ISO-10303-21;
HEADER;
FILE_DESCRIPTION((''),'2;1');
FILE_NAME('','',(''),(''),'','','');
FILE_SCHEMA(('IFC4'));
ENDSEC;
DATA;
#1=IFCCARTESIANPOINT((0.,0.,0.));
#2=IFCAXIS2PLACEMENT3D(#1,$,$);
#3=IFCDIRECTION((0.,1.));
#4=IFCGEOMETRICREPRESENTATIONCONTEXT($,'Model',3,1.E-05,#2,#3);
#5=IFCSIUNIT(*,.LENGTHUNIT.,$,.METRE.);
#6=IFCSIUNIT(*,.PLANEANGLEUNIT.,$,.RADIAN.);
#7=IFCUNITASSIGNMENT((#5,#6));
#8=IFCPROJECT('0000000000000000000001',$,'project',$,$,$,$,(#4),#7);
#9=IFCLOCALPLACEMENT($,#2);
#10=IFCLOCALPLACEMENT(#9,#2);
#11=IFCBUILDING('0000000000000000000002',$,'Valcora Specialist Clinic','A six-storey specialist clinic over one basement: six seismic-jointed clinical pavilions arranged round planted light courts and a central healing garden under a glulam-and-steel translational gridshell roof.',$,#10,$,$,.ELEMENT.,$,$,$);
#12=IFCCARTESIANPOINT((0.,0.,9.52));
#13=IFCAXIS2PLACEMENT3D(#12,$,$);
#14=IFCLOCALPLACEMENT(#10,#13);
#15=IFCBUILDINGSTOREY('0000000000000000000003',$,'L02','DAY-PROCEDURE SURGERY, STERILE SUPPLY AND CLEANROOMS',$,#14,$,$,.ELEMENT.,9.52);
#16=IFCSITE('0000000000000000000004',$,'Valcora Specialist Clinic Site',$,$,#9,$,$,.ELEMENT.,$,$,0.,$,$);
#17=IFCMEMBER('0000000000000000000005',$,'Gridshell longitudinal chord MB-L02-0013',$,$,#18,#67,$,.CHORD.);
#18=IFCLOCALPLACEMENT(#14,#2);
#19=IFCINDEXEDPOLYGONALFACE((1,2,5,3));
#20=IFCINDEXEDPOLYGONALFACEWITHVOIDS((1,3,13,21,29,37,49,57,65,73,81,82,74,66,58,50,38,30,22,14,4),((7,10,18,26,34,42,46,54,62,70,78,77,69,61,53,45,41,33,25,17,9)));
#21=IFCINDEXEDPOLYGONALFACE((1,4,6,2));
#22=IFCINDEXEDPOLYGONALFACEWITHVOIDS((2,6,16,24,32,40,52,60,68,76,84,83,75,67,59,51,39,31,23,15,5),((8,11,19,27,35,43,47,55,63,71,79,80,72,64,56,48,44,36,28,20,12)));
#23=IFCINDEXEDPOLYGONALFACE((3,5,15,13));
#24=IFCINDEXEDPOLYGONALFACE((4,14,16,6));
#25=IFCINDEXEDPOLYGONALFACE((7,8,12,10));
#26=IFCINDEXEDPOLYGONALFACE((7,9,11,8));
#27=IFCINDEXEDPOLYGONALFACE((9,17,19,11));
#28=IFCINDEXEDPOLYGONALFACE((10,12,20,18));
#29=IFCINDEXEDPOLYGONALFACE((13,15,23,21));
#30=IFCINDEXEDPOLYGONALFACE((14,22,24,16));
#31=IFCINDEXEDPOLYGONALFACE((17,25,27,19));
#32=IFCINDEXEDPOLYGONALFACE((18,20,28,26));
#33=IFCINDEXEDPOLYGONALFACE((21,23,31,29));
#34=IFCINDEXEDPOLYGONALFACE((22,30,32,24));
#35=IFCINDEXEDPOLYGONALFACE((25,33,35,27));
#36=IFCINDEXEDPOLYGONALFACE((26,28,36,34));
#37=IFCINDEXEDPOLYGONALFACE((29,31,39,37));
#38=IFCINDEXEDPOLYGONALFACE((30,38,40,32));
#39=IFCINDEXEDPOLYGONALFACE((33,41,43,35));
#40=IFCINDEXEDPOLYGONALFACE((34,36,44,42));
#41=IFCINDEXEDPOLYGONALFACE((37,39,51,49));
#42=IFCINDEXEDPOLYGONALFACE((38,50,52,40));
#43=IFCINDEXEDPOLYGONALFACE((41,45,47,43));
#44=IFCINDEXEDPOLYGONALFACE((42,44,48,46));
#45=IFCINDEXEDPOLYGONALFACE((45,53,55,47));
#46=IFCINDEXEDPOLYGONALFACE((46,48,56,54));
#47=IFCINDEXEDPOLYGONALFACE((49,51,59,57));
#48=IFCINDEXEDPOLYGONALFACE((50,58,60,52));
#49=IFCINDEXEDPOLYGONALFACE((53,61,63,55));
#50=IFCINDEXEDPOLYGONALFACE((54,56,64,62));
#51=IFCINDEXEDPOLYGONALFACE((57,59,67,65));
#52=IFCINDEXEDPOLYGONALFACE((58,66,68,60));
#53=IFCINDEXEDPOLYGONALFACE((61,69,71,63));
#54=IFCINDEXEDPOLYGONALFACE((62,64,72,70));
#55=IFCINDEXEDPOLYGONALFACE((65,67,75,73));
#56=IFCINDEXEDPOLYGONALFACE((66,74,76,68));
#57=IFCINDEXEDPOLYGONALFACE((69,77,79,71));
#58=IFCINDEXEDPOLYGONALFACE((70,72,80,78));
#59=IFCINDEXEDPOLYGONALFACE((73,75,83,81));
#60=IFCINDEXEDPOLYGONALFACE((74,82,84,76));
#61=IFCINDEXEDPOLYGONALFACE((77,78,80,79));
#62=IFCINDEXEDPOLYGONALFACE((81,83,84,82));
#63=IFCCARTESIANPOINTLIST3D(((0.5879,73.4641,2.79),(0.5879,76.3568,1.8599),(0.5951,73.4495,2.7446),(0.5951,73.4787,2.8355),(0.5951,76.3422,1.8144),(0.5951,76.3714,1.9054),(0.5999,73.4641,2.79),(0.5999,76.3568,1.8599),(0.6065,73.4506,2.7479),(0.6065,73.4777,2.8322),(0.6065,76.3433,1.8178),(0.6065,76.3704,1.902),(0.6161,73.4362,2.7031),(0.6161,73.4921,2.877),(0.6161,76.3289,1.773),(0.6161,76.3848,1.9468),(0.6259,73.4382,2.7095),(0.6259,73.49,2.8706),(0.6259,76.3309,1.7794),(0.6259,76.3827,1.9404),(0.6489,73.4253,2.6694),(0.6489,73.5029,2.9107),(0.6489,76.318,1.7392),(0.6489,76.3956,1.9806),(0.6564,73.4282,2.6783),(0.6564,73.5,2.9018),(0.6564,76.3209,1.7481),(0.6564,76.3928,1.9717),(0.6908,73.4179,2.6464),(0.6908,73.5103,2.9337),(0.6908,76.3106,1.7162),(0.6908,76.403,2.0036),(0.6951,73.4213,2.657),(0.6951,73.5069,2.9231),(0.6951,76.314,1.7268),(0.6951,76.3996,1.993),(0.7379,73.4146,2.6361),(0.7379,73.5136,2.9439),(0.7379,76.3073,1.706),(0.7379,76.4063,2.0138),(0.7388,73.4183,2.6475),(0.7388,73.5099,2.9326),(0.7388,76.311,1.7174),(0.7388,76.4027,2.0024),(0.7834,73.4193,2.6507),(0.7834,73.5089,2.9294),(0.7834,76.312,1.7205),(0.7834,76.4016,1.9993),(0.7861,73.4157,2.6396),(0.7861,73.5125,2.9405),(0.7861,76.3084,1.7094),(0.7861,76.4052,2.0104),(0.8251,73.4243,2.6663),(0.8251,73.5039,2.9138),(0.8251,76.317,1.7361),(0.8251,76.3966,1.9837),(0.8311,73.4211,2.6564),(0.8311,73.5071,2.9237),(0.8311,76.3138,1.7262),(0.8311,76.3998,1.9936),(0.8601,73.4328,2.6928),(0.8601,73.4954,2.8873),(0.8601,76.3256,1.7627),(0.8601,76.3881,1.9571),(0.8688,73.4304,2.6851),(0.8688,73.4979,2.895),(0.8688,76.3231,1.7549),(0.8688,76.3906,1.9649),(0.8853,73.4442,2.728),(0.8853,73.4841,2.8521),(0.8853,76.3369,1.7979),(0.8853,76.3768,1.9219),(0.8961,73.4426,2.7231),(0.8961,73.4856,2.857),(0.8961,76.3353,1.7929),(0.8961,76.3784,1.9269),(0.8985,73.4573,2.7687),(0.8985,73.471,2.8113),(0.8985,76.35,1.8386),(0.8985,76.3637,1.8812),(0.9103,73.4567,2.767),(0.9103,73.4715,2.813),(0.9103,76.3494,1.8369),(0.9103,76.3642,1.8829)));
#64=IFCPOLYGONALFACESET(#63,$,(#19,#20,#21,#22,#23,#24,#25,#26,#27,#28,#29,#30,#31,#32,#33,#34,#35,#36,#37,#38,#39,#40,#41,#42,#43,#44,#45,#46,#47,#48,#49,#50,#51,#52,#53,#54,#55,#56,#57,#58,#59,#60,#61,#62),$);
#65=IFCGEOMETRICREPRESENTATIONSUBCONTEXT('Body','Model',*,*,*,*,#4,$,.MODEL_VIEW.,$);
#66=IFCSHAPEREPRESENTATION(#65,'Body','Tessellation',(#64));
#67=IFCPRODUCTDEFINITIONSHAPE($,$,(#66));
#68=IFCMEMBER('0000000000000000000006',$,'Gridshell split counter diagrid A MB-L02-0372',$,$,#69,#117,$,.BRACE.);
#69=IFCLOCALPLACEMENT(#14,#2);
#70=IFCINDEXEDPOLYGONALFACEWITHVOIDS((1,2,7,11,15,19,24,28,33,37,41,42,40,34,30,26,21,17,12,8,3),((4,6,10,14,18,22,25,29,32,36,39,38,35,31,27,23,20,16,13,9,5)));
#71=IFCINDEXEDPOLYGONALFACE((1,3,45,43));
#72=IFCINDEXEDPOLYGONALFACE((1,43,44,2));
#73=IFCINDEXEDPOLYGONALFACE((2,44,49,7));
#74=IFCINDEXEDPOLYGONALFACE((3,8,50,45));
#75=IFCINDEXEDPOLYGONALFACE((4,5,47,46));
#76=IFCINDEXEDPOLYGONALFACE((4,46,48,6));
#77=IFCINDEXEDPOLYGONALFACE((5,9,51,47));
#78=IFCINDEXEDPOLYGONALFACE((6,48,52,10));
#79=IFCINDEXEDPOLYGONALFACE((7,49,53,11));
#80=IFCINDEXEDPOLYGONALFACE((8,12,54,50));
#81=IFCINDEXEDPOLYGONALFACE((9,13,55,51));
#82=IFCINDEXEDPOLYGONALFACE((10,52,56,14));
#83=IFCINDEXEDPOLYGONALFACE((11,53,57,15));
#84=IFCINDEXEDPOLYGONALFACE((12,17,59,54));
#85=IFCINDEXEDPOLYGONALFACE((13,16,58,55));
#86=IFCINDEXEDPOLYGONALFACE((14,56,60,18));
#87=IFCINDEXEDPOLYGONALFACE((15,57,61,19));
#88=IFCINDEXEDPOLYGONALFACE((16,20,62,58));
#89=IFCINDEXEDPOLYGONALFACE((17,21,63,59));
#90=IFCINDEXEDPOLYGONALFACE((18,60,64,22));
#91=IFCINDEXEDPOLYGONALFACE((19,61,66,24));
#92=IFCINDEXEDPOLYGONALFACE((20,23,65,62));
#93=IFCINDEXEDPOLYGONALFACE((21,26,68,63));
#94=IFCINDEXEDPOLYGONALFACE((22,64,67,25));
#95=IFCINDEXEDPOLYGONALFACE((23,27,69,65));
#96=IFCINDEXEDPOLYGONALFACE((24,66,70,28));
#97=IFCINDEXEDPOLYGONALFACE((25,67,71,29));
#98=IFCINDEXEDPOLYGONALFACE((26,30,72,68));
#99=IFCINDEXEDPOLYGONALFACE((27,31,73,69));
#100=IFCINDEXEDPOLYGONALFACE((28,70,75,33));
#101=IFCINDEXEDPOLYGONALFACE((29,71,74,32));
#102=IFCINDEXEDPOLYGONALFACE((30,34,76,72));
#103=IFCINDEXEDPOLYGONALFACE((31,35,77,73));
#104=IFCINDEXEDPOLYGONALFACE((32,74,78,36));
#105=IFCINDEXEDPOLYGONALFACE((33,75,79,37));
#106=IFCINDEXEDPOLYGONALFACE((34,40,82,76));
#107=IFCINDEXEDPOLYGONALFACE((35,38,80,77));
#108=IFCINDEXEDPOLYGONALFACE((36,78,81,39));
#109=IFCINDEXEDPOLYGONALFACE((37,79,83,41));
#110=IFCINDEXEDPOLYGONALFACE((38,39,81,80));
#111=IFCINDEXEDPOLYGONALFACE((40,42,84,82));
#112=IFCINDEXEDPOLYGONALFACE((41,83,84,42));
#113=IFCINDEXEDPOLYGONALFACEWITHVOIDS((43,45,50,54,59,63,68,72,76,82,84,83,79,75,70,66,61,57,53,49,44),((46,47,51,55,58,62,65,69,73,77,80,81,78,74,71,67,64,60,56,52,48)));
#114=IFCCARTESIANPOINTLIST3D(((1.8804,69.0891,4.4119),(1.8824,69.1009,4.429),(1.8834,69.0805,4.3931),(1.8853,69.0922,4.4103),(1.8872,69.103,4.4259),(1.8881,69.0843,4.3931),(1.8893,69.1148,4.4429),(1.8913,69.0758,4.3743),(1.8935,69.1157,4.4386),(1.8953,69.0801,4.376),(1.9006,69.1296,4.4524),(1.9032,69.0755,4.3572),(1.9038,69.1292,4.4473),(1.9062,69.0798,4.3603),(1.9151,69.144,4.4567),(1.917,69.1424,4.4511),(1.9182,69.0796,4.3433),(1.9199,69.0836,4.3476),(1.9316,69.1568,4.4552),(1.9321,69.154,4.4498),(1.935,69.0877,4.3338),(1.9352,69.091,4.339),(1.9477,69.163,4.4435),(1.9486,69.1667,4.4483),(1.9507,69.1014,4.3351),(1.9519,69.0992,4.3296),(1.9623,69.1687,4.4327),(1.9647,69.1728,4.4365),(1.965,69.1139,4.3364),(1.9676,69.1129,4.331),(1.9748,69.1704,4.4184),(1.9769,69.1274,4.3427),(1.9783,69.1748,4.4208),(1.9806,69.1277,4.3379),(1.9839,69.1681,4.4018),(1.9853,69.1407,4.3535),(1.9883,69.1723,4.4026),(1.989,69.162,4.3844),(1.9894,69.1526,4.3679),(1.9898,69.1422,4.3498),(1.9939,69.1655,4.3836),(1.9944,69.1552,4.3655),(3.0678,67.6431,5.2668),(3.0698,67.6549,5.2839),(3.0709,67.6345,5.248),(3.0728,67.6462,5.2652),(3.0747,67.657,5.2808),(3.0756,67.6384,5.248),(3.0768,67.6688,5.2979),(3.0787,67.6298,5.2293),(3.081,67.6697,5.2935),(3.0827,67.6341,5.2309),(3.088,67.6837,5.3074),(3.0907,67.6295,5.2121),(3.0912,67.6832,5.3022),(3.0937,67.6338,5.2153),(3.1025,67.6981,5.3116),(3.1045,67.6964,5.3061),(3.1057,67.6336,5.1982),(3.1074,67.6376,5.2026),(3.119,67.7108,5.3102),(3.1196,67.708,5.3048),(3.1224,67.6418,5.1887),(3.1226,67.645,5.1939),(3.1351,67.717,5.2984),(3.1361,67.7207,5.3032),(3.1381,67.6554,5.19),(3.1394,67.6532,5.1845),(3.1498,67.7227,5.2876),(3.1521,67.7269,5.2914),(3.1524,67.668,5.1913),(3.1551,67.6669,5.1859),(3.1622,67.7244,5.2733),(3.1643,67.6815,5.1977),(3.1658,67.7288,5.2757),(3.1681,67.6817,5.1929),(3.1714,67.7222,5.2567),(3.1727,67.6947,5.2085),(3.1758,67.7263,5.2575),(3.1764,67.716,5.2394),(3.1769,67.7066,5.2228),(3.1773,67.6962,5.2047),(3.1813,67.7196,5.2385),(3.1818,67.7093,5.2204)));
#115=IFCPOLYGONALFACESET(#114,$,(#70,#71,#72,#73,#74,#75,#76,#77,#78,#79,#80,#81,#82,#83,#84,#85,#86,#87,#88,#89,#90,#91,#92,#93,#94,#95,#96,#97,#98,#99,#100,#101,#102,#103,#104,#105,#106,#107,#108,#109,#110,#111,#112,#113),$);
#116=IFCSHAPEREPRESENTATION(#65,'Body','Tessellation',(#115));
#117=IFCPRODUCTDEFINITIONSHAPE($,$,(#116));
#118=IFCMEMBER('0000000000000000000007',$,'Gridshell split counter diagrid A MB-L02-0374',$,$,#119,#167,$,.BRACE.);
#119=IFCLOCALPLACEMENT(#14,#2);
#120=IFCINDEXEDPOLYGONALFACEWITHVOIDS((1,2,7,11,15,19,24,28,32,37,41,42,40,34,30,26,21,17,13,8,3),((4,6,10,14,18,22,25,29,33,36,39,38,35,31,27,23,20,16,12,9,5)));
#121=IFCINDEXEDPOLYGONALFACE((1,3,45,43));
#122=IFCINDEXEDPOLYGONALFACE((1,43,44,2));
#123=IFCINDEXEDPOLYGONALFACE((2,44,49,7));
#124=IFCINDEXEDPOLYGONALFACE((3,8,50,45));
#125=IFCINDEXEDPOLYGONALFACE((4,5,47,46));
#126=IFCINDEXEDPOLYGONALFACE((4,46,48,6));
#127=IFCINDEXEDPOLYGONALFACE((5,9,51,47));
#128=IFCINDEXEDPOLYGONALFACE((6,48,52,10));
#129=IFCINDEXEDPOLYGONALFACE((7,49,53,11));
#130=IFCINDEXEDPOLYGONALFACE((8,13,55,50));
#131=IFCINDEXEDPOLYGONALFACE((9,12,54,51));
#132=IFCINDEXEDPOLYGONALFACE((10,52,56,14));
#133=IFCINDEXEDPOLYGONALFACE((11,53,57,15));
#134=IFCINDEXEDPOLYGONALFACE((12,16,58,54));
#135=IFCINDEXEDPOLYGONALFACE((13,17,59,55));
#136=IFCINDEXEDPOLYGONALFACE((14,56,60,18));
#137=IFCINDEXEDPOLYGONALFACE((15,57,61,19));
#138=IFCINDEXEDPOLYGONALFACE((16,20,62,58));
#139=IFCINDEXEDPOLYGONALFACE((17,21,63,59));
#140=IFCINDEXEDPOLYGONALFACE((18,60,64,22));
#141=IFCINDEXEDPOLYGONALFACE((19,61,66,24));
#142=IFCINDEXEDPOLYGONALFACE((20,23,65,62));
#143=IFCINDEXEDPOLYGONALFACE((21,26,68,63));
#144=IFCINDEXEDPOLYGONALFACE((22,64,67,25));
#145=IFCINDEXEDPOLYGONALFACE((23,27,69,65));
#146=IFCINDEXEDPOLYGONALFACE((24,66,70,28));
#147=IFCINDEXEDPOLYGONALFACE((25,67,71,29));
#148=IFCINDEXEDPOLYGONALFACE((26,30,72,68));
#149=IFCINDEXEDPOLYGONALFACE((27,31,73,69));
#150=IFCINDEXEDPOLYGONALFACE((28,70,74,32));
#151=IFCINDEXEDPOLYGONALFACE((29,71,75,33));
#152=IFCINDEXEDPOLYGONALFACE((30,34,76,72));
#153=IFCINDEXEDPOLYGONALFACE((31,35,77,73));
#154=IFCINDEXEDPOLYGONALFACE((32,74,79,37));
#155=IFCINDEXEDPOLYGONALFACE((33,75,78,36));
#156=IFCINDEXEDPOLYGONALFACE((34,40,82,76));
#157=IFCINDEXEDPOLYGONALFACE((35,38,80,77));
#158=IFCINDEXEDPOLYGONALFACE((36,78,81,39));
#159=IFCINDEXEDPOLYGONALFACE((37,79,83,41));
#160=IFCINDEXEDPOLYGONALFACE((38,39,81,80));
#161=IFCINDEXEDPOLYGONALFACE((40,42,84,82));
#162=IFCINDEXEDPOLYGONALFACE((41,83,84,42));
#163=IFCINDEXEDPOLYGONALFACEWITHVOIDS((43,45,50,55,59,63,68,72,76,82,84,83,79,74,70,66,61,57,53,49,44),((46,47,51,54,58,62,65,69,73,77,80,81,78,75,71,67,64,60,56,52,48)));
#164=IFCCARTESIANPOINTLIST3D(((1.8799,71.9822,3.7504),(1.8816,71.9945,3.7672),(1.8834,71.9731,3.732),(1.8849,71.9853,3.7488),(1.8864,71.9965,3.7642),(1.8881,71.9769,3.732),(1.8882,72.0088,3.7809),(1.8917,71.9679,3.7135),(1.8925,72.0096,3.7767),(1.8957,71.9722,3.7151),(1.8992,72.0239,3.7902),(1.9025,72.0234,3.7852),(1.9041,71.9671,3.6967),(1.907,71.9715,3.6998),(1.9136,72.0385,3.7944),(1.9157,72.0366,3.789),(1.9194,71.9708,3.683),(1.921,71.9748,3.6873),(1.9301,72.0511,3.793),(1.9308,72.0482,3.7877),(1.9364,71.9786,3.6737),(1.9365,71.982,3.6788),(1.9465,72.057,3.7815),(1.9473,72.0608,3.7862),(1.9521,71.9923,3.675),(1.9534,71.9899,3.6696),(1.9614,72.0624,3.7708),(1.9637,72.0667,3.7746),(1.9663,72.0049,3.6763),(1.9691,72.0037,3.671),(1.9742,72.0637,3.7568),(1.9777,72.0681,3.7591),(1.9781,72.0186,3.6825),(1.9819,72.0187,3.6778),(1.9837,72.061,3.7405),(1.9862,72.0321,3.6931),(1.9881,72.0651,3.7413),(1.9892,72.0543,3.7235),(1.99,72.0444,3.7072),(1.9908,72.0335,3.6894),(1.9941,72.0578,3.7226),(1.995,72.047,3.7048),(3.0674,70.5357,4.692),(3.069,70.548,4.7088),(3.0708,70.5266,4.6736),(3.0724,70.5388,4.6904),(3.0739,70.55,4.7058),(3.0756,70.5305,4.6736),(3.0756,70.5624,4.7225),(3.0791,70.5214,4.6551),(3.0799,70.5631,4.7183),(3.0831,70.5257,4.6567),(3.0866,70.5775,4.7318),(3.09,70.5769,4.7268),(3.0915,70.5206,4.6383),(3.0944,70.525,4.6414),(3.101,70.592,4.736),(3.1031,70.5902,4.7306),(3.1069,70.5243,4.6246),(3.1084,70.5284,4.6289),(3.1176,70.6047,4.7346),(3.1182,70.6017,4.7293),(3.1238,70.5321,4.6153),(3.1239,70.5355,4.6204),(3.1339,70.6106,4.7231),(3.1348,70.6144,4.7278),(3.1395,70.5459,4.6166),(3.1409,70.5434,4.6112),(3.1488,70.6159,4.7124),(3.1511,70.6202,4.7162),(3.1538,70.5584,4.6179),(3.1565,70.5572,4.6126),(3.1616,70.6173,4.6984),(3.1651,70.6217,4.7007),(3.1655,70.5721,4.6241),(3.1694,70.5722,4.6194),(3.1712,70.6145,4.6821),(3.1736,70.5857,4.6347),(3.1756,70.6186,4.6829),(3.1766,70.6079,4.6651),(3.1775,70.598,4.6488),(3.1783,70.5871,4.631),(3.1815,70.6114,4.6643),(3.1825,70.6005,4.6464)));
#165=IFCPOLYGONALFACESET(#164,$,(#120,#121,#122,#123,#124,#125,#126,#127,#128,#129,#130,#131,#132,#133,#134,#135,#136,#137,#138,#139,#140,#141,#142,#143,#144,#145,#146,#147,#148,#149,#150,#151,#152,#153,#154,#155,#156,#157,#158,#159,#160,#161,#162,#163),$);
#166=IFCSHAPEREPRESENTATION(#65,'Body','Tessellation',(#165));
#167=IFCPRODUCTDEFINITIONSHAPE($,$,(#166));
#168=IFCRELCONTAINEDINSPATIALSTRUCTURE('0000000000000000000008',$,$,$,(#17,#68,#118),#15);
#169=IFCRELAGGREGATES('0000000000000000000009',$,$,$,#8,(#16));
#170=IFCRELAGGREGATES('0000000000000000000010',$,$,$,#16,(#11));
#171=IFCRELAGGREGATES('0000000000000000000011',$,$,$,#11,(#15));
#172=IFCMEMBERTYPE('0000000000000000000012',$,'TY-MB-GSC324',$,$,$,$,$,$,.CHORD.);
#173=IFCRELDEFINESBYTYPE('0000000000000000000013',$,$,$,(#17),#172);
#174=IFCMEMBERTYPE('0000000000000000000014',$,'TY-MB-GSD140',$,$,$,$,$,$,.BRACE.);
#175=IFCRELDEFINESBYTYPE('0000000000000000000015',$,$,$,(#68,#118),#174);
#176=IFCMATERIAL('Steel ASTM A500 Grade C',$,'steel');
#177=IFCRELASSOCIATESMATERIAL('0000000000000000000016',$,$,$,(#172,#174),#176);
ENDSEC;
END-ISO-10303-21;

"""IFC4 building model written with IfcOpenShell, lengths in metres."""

from ifc_helpers import new_model, si_unit, direction, frame, origin, origin_2d, place, context, subcontext, project, spatial, hollow_circle, extrude, material, material_profile, profile_set, type_object, element, save


model = new_model("IFC4")

# Units and contexts
model_context = context("Model", 3, precision=1e-05, world=origin(), true_north=direction((0.0, 1.0)))
body_context = subcontext(model_context, "Body", "Model", "MODEL_VIEW")
ifc_project = project(units=[si_unit("LENGTHUNIT", "METRE"), si_unit("PLANEANGLEUNIT", "RADIAN")], contexts=[model_context])

# Site, building, storey
site_placement = place(None, origin())
site = spatial("IfcSite", under=ifc_project, at=site_placement, Name="Valcora Specialist Clinic Site", CompositionType="ELEMENT", RefElevation=0.0)
building_placement = place(site_placement, origin())
building = spatial("IfcBuilding", under=site, at=building_placement, Name="Valcora Specialist Clinic", Description="A six-storey specialist clinic over one basement: six seismic-jointed clinical pavilions arranged round planted light courts and a central healing garden under a glulam-and-steel translational gridshell roof.", CompositionType="ELEMENT")
storey_placement = place(building_placement, frame((0.0, 0.0, 9.52)))
storey = spatial("IfcBuildingStorey", under=building, at=storey_placement, Name="L02", Description="DAY-PROCEDURE SURGERY, STERILE SUPPLY AND CLEANROOMS", CompositionType="ELEMENT", Elevation=9.52)

# Members
ifc_material_1 = material(Name="Steel ASTM A500 Grade C", Category="steel")
ifc_material_profile_1 = material_profile(ifc_material_1, hollow_circle(Radius=0.1621, WallThickness=0.012, at=origin_2d()), Name="ST-CHS-324X12")
ifc_profile_set_1 = profile_set([ifc_material_profile_1], Name="Steel ASTM A500 Grade C")
member_type_1 = type_object("IfcMemberType", Name="TY-MB-GSC324", PredefinedType="CHORD", material=ifc_profile_set_1)
member_1_placement = place(storey_placement, frame((0.75, 73.4641, 2.79), z_axis=(0.0, 0.951996, -0.306111), x_axis=(-1.0, 0.0, 0.0)))
element("IfcMember", 1, at=member_1_placement, inside=storey, type_object=member_type_1, Name="Gridshell longitudinal chord MB-L02-0013", PredefinedType="CHORD", context=body_context, shape_type="SweptSolid", body=[
    extrude(hollow_circle(Radius=0.1621, WallThickness=0.012, at=origin_2d()), origin(), (0.0, 0.0, 1.0), 3.0386),
])
ifc_material_profile_2 = material_profile(ifc_material_1, hollow_circle(Radius=0.0701, WallThickness=0.0061, at=origin_2d()), Name="ST-CHS-140X6")
ifc_profile_set_2 = profile_set([ifc_material_profile_2], Name="Steel ASTM A500 Grade C")
member_type_2 = type_object("IfcMemberType", Name="TY-MB-GSD140", PredefinedType="BRACE", material=ifc_profile_set_2)
member_2_placement = place(storey_placement, frame((3.125, 67.679, 5.248), z_axis=(-0.577233, 0.702909, -0.415598), x_axis=(-0.772811, -0.634636, 0.0)))
element("IfcMember", 2, at=member_2_placement, inside=storey, type_object=member_type_2, Name="Gridshell split counter diagrid A MB-L02-0372", PredefinedType="BRACE", context=body_context, shape_type="SweptSolid", body=[
    extrude(hollow_circle(Radius=0.0701, WallThickness=0.0061, at=origin_2d()), origin(), (0.0, 0.0, 1.0), 2.0571),
])
member_3_placement = place(storey_placement, frame((3.125, 70.571, 4.6736), z_axis=(-0.566807, 0.690446, -0.44946), x_axis=(-0.772916, -0.634508, 0.0)))
element("IfcMember", 3, at=member_3_placement, inside=storey, type_object=member_type_2, Name="Gridshell split counter diagrid A MB-L02-0374", PredefinedType="BRACE", context=body_context, shape_type="SweptSolid", body=[
    extrude(hollow_circle(Radius=0.0701, WallThickness=0.0061, at=origin_2d()), origin(), (0.0, 0.0, 1.0), 2.095),
])

save(model, "model.ifc")
